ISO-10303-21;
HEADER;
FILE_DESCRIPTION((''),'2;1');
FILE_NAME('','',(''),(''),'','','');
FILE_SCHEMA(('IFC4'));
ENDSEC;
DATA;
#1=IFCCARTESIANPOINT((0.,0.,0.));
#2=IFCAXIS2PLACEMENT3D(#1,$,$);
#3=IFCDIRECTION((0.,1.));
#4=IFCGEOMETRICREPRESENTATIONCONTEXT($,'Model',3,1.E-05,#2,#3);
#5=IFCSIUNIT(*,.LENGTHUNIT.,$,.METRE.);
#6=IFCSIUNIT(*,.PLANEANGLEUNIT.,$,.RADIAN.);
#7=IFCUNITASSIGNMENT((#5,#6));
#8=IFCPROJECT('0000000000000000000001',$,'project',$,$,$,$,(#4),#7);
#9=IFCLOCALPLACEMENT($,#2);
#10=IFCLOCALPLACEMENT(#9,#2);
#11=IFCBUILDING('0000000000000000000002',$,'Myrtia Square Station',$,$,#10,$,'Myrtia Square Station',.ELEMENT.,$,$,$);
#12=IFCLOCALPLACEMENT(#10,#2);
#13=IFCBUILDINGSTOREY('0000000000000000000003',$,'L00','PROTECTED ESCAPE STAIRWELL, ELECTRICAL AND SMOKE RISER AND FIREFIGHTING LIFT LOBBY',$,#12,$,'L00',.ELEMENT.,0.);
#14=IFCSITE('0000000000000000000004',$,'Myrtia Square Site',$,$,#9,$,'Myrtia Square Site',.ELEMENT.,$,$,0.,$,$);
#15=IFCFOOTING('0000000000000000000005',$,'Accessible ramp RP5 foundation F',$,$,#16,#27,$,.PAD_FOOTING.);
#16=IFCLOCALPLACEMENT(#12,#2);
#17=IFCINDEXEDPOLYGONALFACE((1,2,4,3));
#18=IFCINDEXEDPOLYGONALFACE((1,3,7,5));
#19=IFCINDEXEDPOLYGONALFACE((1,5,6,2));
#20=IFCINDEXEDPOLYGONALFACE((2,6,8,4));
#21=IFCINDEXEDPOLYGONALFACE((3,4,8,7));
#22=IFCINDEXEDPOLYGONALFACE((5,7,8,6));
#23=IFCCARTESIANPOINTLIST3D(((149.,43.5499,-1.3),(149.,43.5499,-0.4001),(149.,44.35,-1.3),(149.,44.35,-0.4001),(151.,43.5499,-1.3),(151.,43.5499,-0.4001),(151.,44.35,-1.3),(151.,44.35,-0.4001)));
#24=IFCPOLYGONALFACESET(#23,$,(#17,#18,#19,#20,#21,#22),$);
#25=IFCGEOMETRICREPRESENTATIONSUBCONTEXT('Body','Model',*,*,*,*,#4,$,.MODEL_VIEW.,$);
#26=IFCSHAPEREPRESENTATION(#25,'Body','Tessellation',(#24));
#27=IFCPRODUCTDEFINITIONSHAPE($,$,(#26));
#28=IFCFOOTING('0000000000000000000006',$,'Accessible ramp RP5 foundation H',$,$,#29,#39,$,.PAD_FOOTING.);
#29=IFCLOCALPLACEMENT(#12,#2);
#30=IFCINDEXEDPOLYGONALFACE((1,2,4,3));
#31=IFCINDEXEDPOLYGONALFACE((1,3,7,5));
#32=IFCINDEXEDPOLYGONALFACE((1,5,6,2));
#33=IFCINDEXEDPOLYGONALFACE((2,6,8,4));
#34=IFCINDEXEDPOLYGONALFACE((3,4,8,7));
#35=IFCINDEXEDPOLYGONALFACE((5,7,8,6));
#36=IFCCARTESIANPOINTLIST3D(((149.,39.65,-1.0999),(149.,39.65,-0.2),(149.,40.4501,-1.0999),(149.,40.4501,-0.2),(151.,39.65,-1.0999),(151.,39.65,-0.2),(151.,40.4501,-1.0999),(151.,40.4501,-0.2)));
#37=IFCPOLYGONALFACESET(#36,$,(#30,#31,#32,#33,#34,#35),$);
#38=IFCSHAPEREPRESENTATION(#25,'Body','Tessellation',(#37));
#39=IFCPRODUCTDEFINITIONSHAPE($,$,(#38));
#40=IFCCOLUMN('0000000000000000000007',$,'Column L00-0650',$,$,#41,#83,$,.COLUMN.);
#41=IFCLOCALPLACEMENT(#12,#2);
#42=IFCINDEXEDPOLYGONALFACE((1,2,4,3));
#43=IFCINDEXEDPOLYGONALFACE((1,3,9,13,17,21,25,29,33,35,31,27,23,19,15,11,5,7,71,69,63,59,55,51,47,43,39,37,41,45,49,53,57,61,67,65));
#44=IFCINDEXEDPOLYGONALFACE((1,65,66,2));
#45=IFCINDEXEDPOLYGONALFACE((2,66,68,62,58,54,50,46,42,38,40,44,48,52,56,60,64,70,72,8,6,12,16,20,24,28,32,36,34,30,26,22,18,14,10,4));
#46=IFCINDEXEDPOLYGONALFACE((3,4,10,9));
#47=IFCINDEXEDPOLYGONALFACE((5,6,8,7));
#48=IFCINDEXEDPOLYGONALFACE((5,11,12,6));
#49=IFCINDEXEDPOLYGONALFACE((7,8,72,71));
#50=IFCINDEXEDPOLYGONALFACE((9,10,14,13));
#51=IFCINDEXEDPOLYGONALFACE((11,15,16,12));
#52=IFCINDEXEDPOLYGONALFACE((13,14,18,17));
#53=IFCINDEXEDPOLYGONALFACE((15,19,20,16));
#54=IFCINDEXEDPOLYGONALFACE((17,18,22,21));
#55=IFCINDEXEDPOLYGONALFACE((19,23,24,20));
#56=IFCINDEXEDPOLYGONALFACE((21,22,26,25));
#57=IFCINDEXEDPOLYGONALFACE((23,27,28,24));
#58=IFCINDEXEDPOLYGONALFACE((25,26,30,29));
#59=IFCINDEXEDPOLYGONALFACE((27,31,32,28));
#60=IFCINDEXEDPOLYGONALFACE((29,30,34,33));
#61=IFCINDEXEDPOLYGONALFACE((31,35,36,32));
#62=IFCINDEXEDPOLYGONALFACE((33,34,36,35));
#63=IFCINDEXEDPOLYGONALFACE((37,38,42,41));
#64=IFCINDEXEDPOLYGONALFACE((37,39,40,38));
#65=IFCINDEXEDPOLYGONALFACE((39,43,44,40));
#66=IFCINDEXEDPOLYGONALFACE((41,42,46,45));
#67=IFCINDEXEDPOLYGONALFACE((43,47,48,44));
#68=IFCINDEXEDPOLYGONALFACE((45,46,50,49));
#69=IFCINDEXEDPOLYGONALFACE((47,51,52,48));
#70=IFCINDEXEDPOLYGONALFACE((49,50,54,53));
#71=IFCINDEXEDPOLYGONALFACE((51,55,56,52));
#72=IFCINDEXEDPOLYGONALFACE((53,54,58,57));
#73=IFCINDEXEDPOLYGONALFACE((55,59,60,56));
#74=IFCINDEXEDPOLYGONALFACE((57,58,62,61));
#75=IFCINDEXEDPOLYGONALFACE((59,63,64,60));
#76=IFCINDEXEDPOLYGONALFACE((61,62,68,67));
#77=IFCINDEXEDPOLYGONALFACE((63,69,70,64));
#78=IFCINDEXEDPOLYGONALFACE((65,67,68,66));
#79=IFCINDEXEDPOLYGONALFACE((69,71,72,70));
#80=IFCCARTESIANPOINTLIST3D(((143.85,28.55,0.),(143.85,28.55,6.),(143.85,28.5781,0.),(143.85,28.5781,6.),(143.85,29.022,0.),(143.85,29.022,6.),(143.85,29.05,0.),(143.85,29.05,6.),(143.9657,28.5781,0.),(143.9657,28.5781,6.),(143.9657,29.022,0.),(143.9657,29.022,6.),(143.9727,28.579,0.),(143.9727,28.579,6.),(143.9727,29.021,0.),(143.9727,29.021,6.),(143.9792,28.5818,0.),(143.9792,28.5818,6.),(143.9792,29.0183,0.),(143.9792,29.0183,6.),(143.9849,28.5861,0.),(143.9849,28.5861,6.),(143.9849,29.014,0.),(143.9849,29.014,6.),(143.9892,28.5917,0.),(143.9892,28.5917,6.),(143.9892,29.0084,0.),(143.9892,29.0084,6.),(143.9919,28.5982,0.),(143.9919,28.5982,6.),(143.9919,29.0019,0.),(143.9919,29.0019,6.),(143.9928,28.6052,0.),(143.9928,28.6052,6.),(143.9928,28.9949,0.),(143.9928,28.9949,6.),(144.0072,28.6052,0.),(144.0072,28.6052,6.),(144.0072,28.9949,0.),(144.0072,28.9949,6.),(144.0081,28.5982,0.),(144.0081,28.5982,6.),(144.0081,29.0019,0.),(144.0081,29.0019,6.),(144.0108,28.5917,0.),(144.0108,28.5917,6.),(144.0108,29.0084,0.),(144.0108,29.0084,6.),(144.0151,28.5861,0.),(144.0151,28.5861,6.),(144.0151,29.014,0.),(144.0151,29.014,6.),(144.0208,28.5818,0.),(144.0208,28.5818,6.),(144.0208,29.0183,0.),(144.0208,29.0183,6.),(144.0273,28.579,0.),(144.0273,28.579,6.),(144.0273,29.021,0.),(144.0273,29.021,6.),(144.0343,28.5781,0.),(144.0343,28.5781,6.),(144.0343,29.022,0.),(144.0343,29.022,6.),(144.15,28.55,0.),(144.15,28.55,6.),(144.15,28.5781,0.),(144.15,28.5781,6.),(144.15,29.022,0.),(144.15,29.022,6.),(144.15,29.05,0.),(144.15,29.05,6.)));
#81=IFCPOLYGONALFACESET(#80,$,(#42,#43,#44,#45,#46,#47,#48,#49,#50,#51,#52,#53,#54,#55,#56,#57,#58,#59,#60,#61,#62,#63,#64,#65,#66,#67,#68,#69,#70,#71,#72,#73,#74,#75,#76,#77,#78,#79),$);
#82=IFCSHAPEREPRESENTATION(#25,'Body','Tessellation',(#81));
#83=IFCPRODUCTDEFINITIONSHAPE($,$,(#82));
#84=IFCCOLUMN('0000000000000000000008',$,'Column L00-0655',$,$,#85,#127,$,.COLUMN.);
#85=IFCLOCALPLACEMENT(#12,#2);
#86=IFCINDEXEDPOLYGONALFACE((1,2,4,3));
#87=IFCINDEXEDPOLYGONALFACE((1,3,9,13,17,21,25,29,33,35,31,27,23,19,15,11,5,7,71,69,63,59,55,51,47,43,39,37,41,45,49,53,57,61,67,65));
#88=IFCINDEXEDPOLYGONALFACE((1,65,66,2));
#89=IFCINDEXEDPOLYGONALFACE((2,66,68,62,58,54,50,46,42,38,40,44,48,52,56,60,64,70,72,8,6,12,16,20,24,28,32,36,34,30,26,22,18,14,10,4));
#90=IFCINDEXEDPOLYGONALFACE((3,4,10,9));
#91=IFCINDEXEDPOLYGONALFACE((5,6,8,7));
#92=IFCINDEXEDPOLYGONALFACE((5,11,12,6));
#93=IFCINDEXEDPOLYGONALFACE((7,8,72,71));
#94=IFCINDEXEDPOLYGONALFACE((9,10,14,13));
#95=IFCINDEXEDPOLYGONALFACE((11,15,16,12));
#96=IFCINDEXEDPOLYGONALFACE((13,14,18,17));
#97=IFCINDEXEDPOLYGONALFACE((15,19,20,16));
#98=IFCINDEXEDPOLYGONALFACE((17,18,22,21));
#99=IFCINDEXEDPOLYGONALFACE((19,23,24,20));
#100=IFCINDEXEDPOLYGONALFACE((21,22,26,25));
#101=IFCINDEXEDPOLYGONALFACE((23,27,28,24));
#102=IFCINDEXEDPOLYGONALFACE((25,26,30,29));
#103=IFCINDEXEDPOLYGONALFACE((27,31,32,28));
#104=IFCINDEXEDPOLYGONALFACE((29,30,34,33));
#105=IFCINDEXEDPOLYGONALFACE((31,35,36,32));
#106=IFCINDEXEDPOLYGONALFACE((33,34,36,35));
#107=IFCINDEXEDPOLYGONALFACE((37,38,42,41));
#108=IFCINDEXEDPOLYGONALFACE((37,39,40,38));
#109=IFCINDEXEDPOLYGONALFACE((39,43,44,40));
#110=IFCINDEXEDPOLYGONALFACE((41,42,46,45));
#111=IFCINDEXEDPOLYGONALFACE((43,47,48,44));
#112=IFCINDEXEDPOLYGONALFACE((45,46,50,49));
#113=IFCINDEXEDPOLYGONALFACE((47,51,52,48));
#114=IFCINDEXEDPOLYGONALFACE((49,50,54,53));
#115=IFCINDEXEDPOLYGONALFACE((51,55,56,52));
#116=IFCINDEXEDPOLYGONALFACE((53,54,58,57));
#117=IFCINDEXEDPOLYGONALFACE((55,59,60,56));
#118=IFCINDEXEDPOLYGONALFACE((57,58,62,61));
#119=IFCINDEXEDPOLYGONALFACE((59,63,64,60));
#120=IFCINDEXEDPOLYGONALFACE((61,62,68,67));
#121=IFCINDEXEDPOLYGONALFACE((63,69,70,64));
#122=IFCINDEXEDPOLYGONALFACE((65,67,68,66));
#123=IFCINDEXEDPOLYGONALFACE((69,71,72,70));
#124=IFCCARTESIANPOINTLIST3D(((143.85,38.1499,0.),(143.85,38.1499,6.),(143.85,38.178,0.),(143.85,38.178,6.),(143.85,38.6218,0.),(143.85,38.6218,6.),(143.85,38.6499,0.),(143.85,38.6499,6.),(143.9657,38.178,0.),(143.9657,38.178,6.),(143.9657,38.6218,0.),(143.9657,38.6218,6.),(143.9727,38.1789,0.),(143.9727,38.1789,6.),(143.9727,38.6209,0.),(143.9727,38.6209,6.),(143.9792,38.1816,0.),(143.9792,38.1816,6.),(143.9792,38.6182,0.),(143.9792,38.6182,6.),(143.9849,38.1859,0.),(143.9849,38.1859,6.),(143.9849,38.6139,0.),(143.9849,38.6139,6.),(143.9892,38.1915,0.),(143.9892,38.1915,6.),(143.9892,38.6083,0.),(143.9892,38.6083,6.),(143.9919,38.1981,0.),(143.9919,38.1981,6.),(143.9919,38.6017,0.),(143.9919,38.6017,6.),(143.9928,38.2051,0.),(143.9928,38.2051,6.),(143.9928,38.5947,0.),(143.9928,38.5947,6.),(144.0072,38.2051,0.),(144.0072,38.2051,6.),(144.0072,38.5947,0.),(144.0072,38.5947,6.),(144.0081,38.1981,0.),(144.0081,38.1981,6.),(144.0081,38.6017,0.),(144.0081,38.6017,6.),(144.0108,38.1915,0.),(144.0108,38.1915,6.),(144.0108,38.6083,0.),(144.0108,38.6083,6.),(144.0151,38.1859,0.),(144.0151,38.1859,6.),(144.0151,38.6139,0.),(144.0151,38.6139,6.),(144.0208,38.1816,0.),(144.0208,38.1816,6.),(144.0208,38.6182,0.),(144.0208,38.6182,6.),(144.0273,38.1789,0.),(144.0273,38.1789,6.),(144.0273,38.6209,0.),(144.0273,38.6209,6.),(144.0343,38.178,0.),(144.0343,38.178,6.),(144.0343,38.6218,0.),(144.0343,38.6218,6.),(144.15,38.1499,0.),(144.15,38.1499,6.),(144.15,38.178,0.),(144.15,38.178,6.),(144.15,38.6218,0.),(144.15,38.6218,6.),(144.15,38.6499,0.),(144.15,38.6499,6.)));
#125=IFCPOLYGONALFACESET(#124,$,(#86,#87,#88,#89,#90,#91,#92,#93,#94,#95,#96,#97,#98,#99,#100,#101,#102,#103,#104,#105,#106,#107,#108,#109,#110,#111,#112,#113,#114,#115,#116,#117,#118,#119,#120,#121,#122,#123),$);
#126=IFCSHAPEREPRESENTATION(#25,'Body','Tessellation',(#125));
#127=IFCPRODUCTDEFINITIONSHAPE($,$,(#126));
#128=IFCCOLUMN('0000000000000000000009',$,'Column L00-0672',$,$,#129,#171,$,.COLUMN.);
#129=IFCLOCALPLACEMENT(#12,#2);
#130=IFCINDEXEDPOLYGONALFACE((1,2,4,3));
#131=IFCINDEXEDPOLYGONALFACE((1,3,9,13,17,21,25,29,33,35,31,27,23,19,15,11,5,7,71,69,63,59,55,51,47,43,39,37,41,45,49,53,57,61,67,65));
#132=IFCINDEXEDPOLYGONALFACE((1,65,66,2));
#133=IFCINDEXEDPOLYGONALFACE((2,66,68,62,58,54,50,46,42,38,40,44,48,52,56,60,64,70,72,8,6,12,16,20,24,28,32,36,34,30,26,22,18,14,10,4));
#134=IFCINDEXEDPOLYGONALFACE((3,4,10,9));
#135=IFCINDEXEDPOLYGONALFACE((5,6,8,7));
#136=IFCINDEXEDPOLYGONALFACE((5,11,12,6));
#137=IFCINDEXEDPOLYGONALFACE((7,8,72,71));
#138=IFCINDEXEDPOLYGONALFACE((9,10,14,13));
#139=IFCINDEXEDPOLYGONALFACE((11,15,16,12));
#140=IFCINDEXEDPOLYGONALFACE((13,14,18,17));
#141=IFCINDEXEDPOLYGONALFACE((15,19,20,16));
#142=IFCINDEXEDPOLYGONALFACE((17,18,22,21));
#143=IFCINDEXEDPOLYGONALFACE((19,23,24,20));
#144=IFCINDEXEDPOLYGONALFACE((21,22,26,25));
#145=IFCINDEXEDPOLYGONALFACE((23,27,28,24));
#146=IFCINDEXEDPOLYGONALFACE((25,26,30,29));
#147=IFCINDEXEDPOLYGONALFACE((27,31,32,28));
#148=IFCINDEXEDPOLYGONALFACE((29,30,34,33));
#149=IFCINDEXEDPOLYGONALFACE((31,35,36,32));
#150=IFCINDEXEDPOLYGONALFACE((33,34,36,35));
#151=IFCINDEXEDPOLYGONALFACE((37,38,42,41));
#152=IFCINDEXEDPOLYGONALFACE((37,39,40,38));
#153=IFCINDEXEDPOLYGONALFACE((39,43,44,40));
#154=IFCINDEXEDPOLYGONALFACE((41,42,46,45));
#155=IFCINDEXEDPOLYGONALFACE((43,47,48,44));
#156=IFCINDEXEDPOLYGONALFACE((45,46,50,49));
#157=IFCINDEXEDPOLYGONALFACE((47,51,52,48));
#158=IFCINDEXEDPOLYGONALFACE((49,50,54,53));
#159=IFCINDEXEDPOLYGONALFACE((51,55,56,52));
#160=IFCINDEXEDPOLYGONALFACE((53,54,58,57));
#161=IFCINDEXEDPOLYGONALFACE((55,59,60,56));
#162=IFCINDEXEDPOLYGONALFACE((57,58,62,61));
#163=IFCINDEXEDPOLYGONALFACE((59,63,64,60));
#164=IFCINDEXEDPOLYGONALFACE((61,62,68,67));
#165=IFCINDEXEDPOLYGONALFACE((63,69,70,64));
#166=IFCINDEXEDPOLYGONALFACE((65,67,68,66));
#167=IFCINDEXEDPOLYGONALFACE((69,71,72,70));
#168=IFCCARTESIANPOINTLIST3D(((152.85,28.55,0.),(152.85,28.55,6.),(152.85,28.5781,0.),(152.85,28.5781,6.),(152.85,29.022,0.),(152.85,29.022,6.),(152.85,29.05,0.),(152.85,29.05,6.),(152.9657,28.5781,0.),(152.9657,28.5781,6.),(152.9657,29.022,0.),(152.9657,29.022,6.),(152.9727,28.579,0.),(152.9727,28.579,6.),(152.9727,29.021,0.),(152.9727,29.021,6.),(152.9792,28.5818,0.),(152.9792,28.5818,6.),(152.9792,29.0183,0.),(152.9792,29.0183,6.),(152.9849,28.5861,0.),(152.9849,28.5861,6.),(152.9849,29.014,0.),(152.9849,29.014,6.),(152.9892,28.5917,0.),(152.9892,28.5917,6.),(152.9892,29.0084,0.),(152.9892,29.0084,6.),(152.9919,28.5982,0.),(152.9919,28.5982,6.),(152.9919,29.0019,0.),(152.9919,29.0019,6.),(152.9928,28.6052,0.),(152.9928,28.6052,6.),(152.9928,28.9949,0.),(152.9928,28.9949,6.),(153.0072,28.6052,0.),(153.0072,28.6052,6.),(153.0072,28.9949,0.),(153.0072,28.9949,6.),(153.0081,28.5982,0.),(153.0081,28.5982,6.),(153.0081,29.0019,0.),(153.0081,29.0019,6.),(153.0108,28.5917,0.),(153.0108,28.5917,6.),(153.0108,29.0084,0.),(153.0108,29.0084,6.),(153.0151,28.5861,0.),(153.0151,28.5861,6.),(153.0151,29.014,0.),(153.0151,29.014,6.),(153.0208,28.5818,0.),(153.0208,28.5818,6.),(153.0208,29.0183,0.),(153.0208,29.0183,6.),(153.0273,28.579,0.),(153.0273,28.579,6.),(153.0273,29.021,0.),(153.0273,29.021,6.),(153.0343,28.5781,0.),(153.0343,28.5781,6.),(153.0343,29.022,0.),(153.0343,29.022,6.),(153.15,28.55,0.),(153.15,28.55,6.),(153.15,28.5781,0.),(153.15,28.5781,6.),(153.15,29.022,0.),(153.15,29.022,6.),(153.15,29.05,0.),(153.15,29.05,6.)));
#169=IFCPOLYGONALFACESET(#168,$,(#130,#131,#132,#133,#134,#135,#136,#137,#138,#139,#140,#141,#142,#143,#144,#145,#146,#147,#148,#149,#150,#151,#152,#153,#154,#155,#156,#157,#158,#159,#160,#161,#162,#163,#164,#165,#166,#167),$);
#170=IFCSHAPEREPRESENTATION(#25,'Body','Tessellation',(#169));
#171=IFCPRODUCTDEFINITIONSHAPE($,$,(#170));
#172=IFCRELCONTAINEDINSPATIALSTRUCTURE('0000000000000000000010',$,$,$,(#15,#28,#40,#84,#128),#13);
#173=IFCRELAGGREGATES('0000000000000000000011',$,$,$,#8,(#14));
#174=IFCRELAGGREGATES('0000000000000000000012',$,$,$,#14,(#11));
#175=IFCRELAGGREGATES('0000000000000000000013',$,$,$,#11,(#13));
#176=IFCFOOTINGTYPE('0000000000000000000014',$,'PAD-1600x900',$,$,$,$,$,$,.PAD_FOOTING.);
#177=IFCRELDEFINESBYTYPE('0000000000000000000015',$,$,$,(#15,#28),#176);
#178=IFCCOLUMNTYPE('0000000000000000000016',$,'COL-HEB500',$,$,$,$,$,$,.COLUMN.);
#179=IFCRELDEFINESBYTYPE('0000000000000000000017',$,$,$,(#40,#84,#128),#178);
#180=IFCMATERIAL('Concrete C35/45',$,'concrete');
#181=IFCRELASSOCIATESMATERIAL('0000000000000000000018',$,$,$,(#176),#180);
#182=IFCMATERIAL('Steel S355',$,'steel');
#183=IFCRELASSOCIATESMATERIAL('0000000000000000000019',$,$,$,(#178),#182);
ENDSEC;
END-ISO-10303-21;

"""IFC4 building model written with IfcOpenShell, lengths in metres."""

from ifc_helpers import new_model, si_unit, direction, frame, origin, origin_2d, place, context, subcontext, project, spatial, rectangle, i_section, extrude, material, material_profile, profile_set, type_object, element, save


model = new_model("IFC4")

# Units and contexts
model_context = context("Model", 3, precision=1e-05, world=origin(), true_north=direction((0.0, 1.0)))
body_context = subcontext(model_context, "Body", "Model", "MODEL_VIEW")
ifc_project = project(units=[si_unit("LENGTHUNIT", "METRE"), si_unit("PLANEANGLEUNIT", "RADIAN")], contexts=[model_context])

# Site, building, storey
site_placement = place(None, origin())
site = spatial("IfcSite", under=ifc_project, at=site_placement, Name="Myrtia Square Site", LongName="Myrtia Square Site", CompositionType="ELEMENT", RefElevation=0.0)
building_placement = place(site_placement, origin())
building = spatial("IfcBuilding", under=site, at=building_placement, Name="Myrtia Square Station", LongName="Myrtia Square Station", CompositionType="ELEMENT")
storey_placement = place(building_placement, origin())
storey = spatial("IfcBuildingStorey", under=building, at=storey_placement, Name="L00", Description="PROTECTED ESCAPE STAIRWELL, ELECTRICAL AND SMOKE RISER AND FIREFIGHTING LIFT LOBBY", LongName="L00", CompositionType="ELEMENT", Elevation=0.0)

# Footings
ifc_material_1 = material(Name="Concrete C35/45", Category="concrete")
footing_type = type_object("IfcFootingType", Name="PAD-1600x900", PredefinedType="PAD_FOOTING", material=ifc_material_1)
for number, where, z_axis, x_axis, name in (
    (1, (150.0, 43.95, -1.3), (0.0, 0.0, 1.0), (0.0, -1.0, 0.0), "Accessible ramp RP5 foundation F"),
    (2, (150.0, 40.05, -1.0999), (0.0, 0.0, 1.0), (0.0, -1.0, 0.0), "Accessible ramp RP5 foundation H"),
):
    element("IfcFooting", number, at=place(storey_placement, frame(where, z_axis=z_axis, x_axis=x_axis)), inside=storey, type_object=footing_type, Name=name, PredefinedType="PAD_FOOTING", context=body_context, shape_type="SweptSolid", body=[
        extrude(rectangle(XDim=0.8, YDim=2.0, at=origin_2d()), origin(), (0.0, 0.0, 1.0), 0.8999),
    ])

# Columns
ifc_material_2 = material(Name="Steel S355", Category="steel")
ifc_material_profile_1 = material_profile(ifc_material_2, i_section(OverallWidth=0.3, OverallDepth=0.5, WebThickness=0.0144, FlangeThickness=0.0281, FilletRadius=0.0271, at=origin_2d()), Name="HEB 500")
ifc_profile_set_1 = profile_set([ifc_material_profile_1], Name="Steel S355")
column_type_1 = type_object("IfcColumnType", Name="COL-HEB500", PredefinedType="COLUMN", material=ifc_profile_set_1)
for number, where, z_axis, x_axis, name in (
    (3, (144.0, 28.8, 0.0), (0.0, 0.0, 1.0), (1.0, 0.0, 0.0), "Column L00-0650"),
    (4, (144.0, 38.3999, 0.0), (0.0, 0.0, 1.0), (1.0, 0.0, 0.0), "Column L00-0655"),
    (5, (153.0, 28.8, 0.0), (0.0, 0.0, 1.0), (1.0, 0.0, 0.0), "Column L00-0672"),
):
    element("IfcColumn", number, at=place(storey_placement, frame(where, z_axis=z_axis, x_axis=x_axis)), inside=storey, type_object=column_type_1, Name=name, PredefinedType="COLUMN", context=body_context, shape_type="SweptSolid", body=[
        extrude(i_section(OverallWidth=0.3, OverallDepth=0.5, WebThickness=0.0144, FlangeThickness=0.0281, FilletRadius=0.0271, at=origin_2d()), origin(), (0.0, 0.0, 1.0), 6.0),
    ])

save(model, "model.ifc")
